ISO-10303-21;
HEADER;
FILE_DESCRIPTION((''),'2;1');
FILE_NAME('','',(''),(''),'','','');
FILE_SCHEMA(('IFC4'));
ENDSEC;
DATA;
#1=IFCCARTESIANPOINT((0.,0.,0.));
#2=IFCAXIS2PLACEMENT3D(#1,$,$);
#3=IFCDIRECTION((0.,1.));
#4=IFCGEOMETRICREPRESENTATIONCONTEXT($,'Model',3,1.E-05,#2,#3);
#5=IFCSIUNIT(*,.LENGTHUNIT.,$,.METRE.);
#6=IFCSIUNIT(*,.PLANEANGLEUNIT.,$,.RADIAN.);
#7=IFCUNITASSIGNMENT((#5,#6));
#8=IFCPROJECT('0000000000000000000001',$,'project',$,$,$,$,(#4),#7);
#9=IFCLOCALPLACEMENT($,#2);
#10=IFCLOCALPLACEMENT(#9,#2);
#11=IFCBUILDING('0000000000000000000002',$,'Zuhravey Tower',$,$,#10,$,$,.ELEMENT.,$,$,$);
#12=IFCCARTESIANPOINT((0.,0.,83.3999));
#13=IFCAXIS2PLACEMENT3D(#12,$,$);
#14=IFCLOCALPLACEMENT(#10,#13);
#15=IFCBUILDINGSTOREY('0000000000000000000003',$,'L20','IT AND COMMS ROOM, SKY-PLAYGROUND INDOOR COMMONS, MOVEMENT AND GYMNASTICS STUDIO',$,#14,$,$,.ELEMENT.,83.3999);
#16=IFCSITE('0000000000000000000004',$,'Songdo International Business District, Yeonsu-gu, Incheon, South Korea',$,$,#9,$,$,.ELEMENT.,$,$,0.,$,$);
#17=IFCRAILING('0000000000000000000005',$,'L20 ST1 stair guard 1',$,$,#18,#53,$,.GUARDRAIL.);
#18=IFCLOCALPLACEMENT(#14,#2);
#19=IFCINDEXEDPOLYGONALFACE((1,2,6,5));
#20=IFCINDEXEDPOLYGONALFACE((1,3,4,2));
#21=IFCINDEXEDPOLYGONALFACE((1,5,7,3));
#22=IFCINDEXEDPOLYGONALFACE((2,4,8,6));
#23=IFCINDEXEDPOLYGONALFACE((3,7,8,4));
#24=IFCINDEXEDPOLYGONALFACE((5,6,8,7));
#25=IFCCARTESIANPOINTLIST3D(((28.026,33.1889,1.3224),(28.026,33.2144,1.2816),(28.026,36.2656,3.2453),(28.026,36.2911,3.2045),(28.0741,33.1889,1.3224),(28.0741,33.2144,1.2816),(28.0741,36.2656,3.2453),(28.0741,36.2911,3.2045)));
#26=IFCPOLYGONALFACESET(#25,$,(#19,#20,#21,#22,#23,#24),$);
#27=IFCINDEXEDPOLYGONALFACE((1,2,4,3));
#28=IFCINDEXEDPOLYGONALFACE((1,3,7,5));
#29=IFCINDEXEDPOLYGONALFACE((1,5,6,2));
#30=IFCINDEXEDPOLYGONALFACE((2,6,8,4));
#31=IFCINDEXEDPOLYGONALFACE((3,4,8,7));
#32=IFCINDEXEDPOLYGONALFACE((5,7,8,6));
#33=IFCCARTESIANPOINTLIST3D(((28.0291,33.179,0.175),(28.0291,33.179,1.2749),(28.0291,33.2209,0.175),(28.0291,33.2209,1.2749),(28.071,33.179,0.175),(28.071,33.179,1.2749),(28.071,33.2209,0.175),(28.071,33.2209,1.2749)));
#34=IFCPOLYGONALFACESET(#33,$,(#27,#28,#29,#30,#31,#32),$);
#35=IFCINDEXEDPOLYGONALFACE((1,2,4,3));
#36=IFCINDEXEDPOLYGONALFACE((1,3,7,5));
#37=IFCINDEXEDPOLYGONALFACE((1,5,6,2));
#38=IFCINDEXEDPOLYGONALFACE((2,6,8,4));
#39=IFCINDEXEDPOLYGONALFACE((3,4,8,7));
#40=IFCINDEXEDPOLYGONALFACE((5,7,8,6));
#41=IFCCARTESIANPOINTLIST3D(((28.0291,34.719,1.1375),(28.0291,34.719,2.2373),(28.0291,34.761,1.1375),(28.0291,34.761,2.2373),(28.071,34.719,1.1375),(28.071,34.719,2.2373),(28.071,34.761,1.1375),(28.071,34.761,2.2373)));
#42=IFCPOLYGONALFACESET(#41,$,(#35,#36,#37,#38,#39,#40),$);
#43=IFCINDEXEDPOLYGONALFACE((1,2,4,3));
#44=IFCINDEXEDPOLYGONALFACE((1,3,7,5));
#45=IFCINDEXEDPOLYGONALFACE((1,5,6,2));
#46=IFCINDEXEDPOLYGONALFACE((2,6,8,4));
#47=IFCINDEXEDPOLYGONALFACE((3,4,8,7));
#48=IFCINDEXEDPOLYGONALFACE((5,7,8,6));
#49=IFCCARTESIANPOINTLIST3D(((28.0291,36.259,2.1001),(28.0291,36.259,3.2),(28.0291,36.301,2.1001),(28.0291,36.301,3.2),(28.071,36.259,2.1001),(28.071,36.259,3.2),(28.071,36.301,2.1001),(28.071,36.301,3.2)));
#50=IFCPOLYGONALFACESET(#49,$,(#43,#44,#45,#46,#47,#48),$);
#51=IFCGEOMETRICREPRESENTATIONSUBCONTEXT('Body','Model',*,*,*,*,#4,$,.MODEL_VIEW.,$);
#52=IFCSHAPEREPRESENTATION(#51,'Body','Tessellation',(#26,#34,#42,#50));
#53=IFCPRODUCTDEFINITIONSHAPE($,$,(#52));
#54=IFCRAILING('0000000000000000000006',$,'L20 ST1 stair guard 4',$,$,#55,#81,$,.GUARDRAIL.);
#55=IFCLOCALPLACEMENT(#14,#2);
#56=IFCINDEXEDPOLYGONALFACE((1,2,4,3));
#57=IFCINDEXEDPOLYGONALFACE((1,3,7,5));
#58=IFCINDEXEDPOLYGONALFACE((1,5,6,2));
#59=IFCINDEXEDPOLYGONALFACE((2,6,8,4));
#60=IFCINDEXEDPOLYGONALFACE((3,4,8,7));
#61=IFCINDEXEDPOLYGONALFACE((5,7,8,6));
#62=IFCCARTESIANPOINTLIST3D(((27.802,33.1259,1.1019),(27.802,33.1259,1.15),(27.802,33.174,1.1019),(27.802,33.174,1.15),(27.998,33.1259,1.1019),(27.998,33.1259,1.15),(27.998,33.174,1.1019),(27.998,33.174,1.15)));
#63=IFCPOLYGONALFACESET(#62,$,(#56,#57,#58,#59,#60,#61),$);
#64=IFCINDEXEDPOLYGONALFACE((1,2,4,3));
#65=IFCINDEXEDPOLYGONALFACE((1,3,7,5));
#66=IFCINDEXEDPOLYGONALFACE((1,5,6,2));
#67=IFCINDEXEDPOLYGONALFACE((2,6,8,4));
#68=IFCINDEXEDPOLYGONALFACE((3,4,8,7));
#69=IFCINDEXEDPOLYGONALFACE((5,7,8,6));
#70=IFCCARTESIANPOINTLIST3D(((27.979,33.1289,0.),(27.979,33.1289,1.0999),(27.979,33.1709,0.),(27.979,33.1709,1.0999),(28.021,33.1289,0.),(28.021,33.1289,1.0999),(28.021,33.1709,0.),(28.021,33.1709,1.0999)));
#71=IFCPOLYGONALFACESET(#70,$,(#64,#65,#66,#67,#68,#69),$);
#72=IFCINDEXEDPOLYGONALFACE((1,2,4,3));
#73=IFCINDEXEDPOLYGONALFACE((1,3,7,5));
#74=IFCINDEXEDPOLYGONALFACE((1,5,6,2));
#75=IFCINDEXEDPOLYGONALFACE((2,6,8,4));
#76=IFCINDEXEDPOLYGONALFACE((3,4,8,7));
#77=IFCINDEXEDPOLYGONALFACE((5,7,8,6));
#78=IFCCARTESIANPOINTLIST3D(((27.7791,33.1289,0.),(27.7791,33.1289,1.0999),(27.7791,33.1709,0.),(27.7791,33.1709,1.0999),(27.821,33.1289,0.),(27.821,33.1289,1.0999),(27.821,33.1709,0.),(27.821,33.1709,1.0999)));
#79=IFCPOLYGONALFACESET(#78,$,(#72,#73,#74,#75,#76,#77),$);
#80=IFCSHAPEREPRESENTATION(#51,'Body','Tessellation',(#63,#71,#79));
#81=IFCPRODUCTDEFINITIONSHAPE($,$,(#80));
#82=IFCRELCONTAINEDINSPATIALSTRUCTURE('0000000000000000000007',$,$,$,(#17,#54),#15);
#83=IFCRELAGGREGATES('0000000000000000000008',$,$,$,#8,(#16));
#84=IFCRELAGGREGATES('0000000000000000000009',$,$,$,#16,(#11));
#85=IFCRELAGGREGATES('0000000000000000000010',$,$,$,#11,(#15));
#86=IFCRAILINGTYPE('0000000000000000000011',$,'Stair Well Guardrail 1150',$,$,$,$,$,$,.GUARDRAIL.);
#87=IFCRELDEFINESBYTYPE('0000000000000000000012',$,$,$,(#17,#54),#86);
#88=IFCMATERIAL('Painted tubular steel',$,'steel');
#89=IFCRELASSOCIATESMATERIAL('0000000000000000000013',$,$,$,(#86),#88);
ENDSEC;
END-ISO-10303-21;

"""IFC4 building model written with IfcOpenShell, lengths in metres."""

from ifc_helpers import new_model, si_unit, direction, frame, origin, origin_2d, place, context, subcontext, project, spatial, rectangle, extrude, material, type_object, element, save


model = new_model("IFC4")

# Units and contexts
model_context = context("Model", 3, precision=1e-05, world=origin(), true_north=direction((0.0, 1.0)))
body_context = subcontext(model_context, "Body", "Model", "MODEL_VIEW")
ifc_project = project(units=[si_unit("LENGTHUNIT", "METRE"), si_unit("PLANEANGLEUNIT", "RADIAN")], contexts=[model_context])

# Site, building, storey
site_placement = place(None, origin())
site = spatial("IfcSite", under=ifc_project, at=site_placement, Name="Songdo International Business District, Yeonsu-gu, Incheon, South Korea", CompositionType="ELEMENT", RefElevation=0.0)
building_placement = place(site_placement, origin())
building = spatial("IfcBuilding", under=site, at=building_placement, Name="Zuhravey Tower", CompositionType="ELEMENT")
storey_placement = place(building_placement, frame((0.0, 0.0, 83.3999)))
storey = spatial("IfcBuildingStorey", under=building, at=storey_placement, Name="L20", Description="IT AND COMMS ROOM, SKY-PLAYGROUND INDOOR COMMONS, MOVEMENT AND GYMNASTICS STUDIO", CompositionType="ELEMENT", Elevation=83.3999)

# Railings
ifc_material_1 = material(Name="Painted tubular steel", Category="steel")
railing_type = type_object("IfcRailingType", Name="Stair Well Guardrail 1150", PredefinedType="GUARDRAIL", material=ifc_material_1)
railing_1_placement = place(storey_placement, frame((28.05, 33.2, 0.175)))
element("IfcRailing", 1, at=railing_1_placement, inside=storey, type_object=railing_type, Name="L20 ST1 stair guard 1", PredefinedType="GUARDRAIL", context=body_context, shape_type="SweptSolid", body=[
    extrude(rectangle(XDim=0.0481, YDim=0.0481, at=origin_2d()), frame((0.0, 0.0017, 1.127), z_axis=(0.0, 0.847998, 0.529999), x_axis=(-1.0, 0.0, 0.0)), (0.0, 0.0, 1.0), 3.6282),
    extrude(rectangle(XDim=0.042, YDim=0.042, at=origin_2d()), origin(), (0.0, 0.0, 1.0), 1.0999),
    extrude(rectangle(XDim=0.042, YDim=0.042, at=origin_2d()), frame((0.0, 1.54, 0.9624)), (0.0, 0.0, 1.0), 1.0999),
    extrude(rectangle(XDim=0.042, YDim=0.042, at=origin_2d()), frame((0.0, 3.0801, 1.925)), (0.0, 0.0, 1.0), 1.0999),
])
railing_2_placement = place(storey_placement, frame((28.0, 33.1499, 0.0)))
element("IfcRailing", 2, at=railing_2_placement, inside=storey, type_object=railing_type, Name="L20 ST1 stair guard 4", PredefinedType="GUARDRAIL", context=body_context, shape_type="SweptSolid", body=[
    extrude(rectangle(XDim=0.0481, YDim=0.0481, at=origin_2d()), frame((-0.002, 0.0, 1.126), z_axis=(-1.0, 0.0, 0.0), x_axis=(0.0, -1.0, 0.0)), (0.0, 0.0, 1.0), 0.196),
    extrude(rectangle(XDim=0.042, YDim=0.042, at=origin_2d()), origin(), (0.0, 0.0, 1.0), 1.0999),
    extrude(rectangle(XDim=0.042, YDim=0.042, at=origin_2d()), frame((-0.2, 0.0, 0.0)), (0.0, 0.0, 1.0), 1.0999),
])

save(model, "model.ifc")
